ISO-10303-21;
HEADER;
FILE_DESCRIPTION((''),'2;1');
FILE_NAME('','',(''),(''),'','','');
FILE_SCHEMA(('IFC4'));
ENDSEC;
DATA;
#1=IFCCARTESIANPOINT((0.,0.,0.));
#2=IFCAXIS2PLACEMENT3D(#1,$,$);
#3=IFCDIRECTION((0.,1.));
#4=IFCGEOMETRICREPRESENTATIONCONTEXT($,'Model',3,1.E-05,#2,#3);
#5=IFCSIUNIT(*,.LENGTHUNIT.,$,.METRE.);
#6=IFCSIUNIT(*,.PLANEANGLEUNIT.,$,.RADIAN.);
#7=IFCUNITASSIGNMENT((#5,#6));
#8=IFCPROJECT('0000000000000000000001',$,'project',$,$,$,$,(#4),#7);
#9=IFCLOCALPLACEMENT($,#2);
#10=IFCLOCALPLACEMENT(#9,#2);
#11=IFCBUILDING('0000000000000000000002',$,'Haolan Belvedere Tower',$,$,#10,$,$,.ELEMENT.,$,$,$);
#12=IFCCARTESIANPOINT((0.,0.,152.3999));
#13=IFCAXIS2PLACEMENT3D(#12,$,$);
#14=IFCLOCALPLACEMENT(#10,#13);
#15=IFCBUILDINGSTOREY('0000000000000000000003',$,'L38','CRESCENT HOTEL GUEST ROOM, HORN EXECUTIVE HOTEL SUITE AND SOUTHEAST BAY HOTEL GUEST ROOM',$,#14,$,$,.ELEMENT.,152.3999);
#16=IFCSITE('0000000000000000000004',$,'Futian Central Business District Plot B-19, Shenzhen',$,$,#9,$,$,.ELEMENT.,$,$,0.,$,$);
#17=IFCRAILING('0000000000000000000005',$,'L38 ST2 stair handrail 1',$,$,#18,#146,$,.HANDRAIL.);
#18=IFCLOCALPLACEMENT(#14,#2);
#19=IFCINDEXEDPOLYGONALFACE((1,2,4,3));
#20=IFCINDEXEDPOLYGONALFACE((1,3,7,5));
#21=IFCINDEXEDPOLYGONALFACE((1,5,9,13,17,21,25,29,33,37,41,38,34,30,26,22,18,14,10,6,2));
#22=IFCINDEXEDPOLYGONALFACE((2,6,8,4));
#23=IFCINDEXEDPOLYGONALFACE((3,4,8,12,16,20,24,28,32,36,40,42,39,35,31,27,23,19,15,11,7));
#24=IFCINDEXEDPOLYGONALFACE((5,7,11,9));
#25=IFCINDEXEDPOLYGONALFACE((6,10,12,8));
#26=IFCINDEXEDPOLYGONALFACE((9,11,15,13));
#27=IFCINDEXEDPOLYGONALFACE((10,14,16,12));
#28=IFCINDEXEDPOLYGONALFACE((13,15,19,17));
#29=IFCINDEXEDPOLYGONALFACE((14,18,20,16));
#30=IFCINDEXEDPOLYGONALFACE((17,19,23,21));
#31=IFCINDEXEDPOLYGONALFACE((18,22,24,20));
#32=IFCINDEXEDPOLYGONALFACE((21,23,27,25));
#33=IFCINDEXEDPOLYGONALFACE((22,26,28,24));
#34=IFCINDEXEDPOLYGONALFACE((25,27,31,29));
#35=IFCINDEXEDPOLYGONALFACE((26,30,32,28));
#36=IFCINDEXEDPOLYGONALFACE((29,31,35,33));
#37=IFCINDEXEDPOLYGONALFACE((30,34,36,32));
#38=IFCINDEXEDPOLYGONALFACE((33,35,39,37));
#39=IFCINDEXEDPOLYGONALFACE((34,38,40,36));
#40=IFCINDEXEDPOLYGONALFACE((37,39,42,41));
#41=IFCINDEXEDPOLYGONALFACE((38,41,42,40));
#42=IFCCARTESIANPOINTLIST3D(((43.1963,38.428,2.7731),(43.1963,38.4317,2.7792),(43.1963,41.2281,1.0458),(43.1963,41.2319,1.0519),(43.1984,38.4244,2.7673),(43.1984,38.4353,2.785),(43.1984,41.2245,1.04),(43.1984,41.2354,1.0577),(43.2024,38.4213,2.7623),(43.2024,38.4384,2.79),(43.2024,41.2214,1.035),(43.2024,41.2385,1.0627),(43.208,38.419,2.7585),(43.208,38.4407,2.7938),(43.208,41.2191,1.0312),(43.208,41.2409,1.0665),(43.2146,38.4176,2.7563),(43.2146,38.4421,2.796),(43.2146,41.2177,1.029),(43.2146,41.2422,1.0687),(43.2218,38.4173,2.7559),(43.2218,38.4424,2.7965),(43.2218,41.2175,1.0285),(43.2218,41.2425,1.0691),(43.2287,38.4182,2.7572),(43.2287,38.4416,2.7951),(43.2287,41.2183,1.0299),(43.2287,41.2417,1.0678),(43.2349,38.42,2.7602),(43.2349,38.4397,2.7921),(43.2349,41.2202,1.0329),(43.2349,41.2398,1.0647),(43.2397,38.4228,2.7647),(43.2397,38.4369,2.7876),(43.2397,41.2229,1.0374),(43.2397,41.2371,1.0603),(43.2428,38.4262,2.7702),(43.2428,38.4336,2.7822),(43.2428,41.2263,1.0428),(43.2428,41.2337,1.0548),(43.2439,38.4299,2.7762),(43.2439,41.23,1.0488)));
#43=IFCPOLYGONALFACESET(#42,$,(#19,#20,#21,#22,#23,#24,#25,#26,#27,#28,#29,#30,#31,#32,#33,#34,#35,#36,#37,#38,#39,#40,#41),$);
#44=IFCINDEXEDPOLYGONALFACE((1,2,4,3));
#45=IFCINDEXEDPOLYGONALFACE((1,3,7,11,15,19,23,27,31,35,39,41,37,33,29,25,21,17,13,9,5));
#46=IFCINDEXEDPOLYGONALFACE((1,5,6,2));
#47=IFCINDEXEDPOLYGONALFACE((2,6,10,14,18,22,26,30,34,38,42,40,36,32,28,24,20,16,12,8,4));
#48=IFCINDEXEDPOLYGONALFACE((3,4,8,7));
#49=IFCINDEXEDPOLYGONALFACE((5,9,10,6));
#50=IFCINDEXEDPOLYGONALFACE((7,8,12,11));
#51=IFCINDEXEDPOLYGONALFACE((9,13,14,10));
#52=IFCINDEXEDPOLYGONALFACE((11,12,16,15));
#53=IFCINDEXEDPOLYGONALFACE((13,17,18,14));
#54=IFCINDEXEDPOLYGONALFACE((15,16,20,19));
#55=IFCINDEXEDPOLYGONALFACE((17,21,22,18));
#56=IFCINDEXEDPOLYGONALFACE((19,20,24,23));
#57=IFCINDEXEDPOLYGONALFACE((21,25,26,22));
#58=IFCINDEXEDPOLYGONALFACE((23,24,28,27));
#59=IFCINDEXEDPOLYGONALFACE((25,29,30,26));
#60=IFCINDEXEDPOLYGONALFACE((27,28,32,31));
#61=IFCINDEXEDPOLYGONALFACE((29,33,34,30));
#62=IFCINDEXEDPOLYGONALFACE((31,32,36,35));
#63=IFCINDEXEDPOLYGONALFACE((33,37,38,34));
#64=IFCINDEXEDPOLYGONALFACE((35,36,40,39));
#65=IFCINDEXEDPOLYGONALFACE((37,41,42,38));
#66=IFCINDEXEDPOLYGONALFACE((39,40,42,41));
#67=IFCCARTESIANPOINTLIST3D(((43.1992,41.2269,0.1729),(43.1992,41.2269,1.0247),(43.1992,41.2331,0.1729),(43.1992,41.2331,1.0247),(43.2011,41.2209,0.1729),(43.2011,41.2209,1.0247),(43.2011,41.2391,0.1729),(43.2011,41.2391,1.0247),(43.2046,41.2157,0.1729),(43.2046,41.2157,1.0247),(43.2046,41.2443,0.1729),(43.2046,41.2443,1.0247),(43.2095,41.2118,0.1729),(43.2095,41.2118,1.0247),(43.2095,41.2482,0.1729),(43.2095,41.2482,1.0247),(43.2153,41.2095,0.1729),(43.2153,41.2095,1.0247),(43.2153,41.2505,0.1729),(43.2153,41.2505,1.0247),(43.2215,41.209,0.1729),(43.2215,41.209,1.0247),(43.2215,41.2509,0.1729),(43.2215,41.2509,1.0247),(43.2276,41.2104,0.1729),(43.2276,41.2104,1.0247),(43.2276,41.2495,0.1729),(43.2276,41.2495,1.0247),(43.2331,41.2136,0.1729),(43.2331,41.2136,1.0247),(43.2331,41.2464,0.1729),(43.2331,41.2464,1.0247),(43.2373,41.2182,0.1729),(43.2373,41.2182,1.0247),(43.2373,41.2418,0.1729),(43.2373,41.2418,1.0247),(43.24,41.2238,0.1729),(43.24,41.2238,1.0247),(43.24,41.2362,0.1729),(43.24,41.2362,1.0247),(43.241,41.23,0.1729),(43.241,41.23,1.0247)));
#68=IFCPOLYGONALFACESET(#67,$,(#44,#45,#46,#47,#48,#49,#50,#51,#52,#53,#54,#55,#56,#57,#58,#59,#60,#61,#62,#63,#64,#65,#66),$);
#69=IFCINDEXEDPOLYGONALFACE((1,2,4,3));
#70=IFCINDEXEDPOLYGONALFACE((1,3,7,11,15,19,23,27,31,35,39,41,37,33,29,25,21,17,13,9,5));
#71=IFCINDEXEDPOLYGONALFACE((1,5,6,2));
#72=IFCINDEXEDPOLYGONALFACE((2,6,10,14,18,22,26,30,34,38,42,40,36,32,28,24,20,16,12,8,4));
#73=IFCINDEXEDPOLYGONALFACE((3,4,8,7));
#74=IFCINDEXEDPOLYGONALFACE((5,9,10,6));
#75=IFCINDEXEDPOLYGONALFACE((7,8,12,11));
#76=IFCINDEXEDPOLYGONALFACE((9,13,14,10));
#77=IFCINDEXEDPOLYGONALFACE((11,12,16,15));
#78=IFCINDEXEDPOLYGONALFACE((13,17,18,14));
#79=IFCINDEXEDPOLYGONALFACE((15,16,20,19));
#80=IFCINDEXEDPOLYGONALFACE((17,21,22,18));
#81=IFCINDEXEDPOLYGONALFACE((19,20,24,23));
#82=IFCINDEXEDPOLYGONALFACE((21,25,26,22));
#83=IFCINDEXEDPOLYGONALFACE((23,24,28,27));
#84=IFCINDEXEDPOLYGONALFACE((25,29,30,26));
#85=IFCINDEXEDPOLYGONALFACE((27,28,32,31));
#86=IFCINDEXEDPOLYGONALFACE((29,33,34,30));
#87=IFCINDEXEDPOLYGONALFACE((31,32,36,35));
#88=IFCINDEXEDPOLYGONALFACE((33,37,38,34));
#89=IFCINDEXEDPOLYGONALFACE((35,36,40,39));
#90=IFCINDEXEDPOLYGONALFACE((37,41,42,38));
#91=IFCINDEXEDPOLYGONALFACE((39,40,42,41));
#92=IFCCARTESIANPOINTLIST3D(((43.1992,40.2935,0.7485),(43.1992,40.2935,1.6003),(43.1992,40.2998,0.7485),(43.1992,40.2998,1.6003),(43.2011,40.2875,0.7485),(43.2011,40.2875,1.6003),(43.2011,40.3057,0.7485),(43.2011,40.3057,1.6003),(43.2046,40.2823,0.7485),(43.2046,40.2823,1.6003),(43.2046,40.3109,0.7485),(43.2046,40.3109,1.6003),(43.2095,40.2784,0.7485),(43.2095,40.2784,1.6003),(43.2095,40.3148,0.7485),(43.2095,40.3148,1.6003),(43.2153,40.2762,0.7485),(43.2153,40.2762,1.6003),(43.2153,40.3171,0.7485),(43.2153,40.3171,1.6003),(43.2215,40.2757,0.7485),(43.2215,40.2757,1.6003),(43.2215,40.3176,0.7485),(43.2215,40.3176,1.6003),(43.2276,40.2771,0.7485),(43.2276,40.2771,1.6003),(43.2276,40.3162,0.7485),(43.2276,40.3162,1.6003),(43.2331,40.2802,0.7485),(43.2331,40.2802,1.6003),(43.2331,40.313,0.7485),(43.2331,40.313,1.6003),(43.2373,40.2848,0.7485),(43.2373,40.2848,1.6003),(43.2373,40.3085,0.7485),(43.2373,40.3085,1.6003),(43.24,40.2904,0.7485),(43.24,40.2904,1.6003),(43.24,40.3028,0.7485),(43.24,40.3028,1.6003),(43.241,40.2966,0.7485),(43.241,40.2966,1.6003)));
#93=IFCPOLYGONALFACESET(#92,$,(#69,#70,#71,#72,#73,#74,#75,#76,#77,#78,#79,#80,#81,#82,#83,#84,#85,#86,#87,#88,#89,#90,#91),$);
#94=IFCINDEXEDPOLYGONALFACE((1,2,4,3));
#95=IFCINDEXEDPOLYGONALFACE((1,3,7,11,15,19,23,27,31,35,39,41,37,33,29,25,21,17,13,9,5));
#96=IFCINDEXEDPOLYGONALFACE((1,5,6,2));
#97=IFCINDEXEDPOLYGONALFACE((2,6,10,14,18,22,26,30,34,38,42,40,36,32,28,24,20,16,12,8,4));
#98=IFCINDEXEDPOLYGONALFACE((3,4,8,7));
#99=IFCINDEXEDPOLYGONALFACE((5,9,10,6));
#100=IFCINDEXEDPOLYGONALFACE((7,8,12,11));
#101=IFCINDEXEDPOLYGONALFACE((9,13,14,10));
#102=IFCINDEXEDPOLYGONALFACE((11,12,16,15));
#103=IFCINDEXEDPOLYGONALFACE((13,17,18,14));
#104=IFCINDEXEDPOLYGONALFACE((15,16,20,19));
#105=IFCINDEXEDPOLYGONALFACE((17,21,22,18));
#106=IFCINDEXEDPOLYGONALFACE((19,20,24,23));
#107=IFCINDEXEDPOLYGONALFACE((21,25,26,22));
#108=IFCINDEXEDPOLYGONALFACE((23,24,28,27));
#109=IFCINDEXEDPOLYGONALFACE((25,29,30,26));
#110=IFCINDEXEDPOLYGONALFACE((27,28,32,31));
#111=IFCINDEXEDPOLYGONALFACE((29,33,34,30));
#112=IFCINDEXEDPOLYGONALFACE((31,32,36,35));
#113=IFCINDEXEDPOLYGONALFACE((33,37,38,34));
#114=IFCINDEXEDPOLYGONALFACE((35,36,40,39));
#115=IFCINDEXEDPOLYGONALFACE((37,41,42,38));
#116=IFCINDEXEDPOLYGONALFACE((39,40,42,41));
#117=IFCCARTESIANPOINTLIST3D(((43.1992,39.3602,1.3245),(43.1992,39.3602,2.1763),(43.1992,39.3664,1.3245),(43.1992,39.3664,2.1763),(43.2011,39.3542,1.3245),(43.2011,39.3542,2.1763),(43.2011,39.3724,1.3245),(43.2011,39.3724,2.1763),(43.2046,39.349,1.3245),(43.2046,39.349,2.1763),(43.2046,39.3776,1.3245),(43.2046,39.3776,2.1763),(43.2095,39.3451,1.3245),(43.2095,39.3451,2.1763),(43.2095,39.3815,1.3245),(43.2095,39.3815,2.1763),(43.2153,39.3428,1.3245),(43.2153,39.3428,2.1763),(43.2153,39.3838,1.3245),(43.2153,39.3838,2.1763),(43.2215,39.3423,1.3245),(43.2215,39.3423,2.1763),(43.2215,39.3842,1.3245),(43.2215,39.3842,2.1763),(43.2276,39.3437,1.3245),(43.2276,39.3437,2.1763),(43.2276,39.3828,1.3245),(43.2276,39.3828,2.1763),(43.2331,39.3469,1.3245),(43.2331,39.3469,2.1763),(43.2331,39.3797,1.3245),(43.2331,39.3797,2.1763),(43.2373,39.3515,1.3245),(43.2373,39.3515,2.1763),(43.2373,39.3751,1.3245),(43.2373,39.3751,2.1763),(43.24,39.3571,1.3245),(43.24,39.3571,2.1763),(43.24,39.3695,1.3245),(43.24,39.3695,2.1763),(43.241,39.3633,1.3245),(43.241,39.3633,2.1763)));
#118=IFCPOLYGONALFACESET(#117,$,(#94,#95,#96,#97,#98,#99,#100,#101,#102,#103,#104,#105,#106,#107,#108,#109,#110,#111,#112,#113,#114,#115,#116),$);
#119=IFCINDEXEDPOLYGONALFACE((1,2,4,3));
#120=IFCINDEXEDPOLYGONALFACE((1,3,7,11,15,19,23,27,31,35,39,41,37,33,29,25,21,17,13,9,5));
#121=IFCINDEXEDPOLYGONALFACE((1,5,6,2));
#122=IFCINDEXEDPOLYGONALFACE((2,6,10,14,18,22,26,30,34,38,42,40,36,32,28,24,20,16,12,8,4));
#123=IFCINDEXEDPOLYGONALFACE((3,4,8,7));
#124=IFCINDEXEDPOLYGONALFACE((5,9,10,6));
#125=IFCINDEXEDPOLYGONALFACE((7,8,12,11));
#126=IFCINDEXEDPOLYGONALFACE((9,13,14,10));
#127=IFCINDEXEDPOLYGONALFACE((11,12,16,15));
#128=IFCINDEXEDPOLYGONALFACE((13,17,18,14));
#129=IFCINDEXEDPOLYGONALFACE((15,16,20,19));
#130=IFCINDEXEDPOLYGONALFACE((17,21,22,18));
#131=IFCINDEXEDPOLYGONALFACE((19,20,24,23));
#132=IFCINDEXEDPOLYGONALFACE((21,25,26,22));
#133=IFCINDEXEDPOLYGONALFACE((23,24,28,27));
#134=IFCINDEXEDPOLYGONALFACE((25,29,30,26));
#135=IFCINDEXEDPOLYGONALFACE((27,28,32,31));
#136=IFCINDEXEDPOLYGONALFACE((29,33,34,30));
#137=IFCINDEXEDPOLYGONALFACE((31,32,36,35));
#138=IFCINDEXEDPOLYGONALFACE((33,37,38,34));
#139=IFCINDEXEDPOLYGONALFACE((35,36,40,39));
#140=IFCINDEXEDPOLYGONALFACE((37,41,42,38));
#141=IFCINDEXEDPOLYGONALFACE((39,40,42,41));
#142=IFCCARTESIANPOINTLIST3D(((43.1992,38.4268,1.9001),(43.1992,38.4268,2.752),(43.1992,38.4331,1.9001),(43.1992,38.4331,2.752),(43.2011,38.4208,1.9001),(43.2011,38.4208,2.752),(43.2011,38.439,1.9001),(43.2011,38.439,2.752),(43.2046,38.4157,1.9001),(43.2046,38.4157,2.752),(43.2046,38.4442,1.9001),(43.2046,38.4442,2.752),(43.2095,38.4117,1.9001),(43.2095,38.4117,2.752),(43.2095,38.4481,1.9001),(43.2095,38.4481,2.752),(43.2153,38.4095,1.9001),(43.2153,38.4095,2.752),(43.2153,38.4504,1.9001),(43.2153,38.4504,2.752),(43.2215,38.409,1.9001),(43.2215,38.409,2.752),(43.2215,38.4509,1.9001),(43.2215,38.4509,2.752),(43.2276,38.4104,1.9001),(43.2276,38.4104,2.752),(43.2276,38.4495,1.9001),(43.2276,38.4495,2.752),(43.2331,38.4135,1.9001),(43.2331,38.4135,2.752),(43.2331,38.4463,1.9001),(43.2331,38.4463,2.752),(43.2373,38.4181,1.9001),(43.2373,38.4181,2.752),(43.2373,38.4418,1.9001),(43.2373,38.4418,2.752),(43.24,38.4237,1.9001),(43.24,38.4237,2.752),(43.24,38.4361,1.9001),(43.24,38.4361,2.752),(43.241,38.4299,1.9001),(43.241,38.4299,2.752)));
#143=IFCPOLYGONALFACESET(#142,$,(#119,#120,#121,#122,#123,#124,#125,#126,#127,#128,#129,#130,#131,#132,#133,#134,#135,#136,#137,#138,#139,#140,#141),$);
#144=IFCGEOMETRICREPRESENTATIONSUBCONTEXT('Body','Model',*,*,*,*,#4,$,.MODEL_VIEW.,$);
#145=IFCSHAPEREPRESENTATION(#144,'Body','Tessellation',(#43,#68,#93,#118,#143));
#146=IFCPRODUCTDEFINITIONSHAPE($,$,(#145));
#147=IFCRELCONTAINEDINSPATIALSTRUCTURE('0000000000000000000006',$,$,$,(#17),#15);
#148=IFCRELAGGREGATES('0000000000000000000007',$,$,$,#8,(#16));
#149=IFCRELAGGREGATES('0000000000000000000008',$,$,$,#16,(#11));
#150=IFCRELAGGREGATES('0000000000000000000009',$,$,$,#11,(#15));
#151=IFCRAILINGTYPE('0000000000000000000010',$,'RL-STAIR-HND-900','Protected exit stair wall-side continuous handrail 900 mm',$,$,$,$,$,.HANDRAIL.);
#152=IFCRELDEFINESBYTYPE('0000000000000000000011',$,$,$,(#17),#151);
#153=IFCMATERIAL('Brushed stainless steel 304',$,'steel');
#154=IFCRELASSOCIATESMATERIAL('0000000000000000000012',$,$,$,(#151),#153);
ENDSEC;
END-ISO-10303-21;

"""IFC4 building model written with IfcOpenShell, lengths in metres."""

from ifc_helpers import new_model, si_unit, direction, frame, origin, origin_2d, place, context, subcontext, project, spatial, circle, extrude, material, type_object, element, save


model = new_model("IFC4")

# Units and contexts
model_context = context("Model", 3, precision=1e-05, world=origin(), true_north=direction((0.0, 1.0)))
body_context = subcontext(model_context, "Body", "Model", "MODEL_VIEW")
ifc_project = project(units=[si_unit("LENGTHUNIT", "METRE"), si_unit("PLANEANGLEUNIT", "RADIAN")], contexts=[model_context])

# Site, building, storey
site_placement = place(None, origin())
site = spatial("IfcSite", under=ifc_project, at=site_placement, Name="Futian Central Business District Plot B-19, Shenzhen", CompositionType="ELEMENT", RefElevation=0.0)
building_placement = place(site_placement, origin())
building = spatial("IfcBuilding", under=site, at=building_placement, Name="Haolan Belvedere Tower", CompositionType="ELEMENT")
storey_placement = place(building_placement, frame((0.0, 0.0, 152.3999)))
storey = spatial("IfcBuildingStorey", under=building, at=storey_placement, Name="L38", Description="CRESCENT HOTEL GUEST ROOM, HORN EXECUTIVE HOTEL SUITE AND SOUTHEAST BAY HOTEL GUEST ROOM", CompositionType="ELEMENT", Elevation=152.3999)

# Railing
ifc_material_1 = material(Name="Brushed stainless steel 304", Category="steel")
railing_type_1 = type_object("IfcRailingType", Name="RL-STAIR-HND-900", Description="Protected exit stair wall-side continuous handrail 900 mm", PredefinedType="HANDRAIL", material=ifc_material_1)
railing_1_placement = place(storey_placement, frame((43.22, 41.23, 0.1729)))
element("IfcRailing", 1, at=railing_1_placement, inside=storey, type_object=railing_type_1, Name="L38 ST2 stair handrail 1", PredefinedType="HANDRAIL", context=body_context, shape_type="SweptSolid", body=[
    extrude(circle(Radius=0.0239, at=origin_2d()), frame((0.0, 0.0, 0.876), z_axis=(0.0, -0.85109, 0.52502), x_axis=(1.0, 0.0, 0.0)), (0.0, 0.0, 1.0), 3.29),
    extrude(circle(Radius=0.021, at=origin_2d()), origin(), (0.0, 0.0, 1.0), 0.8518),
    extrude(circle(Radius=0.021, at=origin_2d()), frame((0.0, -0.9333, 0.5757)), (0.0, 0.0, 1.0), 0.8518),
    extrude(circle(Radius=0.021, at=origin_2d()), frame((0.0, -1.8667, 1.1516)), (0.0, 0.0, 1.0), 0.8518),
    extrude(circle(Radius=0.021, at=origin_2d()), frame((0.0, -2.8, 1.7273)), (0.0, 0.0, 1.0), 0.8518),
])

save(model, "model.ifc")
